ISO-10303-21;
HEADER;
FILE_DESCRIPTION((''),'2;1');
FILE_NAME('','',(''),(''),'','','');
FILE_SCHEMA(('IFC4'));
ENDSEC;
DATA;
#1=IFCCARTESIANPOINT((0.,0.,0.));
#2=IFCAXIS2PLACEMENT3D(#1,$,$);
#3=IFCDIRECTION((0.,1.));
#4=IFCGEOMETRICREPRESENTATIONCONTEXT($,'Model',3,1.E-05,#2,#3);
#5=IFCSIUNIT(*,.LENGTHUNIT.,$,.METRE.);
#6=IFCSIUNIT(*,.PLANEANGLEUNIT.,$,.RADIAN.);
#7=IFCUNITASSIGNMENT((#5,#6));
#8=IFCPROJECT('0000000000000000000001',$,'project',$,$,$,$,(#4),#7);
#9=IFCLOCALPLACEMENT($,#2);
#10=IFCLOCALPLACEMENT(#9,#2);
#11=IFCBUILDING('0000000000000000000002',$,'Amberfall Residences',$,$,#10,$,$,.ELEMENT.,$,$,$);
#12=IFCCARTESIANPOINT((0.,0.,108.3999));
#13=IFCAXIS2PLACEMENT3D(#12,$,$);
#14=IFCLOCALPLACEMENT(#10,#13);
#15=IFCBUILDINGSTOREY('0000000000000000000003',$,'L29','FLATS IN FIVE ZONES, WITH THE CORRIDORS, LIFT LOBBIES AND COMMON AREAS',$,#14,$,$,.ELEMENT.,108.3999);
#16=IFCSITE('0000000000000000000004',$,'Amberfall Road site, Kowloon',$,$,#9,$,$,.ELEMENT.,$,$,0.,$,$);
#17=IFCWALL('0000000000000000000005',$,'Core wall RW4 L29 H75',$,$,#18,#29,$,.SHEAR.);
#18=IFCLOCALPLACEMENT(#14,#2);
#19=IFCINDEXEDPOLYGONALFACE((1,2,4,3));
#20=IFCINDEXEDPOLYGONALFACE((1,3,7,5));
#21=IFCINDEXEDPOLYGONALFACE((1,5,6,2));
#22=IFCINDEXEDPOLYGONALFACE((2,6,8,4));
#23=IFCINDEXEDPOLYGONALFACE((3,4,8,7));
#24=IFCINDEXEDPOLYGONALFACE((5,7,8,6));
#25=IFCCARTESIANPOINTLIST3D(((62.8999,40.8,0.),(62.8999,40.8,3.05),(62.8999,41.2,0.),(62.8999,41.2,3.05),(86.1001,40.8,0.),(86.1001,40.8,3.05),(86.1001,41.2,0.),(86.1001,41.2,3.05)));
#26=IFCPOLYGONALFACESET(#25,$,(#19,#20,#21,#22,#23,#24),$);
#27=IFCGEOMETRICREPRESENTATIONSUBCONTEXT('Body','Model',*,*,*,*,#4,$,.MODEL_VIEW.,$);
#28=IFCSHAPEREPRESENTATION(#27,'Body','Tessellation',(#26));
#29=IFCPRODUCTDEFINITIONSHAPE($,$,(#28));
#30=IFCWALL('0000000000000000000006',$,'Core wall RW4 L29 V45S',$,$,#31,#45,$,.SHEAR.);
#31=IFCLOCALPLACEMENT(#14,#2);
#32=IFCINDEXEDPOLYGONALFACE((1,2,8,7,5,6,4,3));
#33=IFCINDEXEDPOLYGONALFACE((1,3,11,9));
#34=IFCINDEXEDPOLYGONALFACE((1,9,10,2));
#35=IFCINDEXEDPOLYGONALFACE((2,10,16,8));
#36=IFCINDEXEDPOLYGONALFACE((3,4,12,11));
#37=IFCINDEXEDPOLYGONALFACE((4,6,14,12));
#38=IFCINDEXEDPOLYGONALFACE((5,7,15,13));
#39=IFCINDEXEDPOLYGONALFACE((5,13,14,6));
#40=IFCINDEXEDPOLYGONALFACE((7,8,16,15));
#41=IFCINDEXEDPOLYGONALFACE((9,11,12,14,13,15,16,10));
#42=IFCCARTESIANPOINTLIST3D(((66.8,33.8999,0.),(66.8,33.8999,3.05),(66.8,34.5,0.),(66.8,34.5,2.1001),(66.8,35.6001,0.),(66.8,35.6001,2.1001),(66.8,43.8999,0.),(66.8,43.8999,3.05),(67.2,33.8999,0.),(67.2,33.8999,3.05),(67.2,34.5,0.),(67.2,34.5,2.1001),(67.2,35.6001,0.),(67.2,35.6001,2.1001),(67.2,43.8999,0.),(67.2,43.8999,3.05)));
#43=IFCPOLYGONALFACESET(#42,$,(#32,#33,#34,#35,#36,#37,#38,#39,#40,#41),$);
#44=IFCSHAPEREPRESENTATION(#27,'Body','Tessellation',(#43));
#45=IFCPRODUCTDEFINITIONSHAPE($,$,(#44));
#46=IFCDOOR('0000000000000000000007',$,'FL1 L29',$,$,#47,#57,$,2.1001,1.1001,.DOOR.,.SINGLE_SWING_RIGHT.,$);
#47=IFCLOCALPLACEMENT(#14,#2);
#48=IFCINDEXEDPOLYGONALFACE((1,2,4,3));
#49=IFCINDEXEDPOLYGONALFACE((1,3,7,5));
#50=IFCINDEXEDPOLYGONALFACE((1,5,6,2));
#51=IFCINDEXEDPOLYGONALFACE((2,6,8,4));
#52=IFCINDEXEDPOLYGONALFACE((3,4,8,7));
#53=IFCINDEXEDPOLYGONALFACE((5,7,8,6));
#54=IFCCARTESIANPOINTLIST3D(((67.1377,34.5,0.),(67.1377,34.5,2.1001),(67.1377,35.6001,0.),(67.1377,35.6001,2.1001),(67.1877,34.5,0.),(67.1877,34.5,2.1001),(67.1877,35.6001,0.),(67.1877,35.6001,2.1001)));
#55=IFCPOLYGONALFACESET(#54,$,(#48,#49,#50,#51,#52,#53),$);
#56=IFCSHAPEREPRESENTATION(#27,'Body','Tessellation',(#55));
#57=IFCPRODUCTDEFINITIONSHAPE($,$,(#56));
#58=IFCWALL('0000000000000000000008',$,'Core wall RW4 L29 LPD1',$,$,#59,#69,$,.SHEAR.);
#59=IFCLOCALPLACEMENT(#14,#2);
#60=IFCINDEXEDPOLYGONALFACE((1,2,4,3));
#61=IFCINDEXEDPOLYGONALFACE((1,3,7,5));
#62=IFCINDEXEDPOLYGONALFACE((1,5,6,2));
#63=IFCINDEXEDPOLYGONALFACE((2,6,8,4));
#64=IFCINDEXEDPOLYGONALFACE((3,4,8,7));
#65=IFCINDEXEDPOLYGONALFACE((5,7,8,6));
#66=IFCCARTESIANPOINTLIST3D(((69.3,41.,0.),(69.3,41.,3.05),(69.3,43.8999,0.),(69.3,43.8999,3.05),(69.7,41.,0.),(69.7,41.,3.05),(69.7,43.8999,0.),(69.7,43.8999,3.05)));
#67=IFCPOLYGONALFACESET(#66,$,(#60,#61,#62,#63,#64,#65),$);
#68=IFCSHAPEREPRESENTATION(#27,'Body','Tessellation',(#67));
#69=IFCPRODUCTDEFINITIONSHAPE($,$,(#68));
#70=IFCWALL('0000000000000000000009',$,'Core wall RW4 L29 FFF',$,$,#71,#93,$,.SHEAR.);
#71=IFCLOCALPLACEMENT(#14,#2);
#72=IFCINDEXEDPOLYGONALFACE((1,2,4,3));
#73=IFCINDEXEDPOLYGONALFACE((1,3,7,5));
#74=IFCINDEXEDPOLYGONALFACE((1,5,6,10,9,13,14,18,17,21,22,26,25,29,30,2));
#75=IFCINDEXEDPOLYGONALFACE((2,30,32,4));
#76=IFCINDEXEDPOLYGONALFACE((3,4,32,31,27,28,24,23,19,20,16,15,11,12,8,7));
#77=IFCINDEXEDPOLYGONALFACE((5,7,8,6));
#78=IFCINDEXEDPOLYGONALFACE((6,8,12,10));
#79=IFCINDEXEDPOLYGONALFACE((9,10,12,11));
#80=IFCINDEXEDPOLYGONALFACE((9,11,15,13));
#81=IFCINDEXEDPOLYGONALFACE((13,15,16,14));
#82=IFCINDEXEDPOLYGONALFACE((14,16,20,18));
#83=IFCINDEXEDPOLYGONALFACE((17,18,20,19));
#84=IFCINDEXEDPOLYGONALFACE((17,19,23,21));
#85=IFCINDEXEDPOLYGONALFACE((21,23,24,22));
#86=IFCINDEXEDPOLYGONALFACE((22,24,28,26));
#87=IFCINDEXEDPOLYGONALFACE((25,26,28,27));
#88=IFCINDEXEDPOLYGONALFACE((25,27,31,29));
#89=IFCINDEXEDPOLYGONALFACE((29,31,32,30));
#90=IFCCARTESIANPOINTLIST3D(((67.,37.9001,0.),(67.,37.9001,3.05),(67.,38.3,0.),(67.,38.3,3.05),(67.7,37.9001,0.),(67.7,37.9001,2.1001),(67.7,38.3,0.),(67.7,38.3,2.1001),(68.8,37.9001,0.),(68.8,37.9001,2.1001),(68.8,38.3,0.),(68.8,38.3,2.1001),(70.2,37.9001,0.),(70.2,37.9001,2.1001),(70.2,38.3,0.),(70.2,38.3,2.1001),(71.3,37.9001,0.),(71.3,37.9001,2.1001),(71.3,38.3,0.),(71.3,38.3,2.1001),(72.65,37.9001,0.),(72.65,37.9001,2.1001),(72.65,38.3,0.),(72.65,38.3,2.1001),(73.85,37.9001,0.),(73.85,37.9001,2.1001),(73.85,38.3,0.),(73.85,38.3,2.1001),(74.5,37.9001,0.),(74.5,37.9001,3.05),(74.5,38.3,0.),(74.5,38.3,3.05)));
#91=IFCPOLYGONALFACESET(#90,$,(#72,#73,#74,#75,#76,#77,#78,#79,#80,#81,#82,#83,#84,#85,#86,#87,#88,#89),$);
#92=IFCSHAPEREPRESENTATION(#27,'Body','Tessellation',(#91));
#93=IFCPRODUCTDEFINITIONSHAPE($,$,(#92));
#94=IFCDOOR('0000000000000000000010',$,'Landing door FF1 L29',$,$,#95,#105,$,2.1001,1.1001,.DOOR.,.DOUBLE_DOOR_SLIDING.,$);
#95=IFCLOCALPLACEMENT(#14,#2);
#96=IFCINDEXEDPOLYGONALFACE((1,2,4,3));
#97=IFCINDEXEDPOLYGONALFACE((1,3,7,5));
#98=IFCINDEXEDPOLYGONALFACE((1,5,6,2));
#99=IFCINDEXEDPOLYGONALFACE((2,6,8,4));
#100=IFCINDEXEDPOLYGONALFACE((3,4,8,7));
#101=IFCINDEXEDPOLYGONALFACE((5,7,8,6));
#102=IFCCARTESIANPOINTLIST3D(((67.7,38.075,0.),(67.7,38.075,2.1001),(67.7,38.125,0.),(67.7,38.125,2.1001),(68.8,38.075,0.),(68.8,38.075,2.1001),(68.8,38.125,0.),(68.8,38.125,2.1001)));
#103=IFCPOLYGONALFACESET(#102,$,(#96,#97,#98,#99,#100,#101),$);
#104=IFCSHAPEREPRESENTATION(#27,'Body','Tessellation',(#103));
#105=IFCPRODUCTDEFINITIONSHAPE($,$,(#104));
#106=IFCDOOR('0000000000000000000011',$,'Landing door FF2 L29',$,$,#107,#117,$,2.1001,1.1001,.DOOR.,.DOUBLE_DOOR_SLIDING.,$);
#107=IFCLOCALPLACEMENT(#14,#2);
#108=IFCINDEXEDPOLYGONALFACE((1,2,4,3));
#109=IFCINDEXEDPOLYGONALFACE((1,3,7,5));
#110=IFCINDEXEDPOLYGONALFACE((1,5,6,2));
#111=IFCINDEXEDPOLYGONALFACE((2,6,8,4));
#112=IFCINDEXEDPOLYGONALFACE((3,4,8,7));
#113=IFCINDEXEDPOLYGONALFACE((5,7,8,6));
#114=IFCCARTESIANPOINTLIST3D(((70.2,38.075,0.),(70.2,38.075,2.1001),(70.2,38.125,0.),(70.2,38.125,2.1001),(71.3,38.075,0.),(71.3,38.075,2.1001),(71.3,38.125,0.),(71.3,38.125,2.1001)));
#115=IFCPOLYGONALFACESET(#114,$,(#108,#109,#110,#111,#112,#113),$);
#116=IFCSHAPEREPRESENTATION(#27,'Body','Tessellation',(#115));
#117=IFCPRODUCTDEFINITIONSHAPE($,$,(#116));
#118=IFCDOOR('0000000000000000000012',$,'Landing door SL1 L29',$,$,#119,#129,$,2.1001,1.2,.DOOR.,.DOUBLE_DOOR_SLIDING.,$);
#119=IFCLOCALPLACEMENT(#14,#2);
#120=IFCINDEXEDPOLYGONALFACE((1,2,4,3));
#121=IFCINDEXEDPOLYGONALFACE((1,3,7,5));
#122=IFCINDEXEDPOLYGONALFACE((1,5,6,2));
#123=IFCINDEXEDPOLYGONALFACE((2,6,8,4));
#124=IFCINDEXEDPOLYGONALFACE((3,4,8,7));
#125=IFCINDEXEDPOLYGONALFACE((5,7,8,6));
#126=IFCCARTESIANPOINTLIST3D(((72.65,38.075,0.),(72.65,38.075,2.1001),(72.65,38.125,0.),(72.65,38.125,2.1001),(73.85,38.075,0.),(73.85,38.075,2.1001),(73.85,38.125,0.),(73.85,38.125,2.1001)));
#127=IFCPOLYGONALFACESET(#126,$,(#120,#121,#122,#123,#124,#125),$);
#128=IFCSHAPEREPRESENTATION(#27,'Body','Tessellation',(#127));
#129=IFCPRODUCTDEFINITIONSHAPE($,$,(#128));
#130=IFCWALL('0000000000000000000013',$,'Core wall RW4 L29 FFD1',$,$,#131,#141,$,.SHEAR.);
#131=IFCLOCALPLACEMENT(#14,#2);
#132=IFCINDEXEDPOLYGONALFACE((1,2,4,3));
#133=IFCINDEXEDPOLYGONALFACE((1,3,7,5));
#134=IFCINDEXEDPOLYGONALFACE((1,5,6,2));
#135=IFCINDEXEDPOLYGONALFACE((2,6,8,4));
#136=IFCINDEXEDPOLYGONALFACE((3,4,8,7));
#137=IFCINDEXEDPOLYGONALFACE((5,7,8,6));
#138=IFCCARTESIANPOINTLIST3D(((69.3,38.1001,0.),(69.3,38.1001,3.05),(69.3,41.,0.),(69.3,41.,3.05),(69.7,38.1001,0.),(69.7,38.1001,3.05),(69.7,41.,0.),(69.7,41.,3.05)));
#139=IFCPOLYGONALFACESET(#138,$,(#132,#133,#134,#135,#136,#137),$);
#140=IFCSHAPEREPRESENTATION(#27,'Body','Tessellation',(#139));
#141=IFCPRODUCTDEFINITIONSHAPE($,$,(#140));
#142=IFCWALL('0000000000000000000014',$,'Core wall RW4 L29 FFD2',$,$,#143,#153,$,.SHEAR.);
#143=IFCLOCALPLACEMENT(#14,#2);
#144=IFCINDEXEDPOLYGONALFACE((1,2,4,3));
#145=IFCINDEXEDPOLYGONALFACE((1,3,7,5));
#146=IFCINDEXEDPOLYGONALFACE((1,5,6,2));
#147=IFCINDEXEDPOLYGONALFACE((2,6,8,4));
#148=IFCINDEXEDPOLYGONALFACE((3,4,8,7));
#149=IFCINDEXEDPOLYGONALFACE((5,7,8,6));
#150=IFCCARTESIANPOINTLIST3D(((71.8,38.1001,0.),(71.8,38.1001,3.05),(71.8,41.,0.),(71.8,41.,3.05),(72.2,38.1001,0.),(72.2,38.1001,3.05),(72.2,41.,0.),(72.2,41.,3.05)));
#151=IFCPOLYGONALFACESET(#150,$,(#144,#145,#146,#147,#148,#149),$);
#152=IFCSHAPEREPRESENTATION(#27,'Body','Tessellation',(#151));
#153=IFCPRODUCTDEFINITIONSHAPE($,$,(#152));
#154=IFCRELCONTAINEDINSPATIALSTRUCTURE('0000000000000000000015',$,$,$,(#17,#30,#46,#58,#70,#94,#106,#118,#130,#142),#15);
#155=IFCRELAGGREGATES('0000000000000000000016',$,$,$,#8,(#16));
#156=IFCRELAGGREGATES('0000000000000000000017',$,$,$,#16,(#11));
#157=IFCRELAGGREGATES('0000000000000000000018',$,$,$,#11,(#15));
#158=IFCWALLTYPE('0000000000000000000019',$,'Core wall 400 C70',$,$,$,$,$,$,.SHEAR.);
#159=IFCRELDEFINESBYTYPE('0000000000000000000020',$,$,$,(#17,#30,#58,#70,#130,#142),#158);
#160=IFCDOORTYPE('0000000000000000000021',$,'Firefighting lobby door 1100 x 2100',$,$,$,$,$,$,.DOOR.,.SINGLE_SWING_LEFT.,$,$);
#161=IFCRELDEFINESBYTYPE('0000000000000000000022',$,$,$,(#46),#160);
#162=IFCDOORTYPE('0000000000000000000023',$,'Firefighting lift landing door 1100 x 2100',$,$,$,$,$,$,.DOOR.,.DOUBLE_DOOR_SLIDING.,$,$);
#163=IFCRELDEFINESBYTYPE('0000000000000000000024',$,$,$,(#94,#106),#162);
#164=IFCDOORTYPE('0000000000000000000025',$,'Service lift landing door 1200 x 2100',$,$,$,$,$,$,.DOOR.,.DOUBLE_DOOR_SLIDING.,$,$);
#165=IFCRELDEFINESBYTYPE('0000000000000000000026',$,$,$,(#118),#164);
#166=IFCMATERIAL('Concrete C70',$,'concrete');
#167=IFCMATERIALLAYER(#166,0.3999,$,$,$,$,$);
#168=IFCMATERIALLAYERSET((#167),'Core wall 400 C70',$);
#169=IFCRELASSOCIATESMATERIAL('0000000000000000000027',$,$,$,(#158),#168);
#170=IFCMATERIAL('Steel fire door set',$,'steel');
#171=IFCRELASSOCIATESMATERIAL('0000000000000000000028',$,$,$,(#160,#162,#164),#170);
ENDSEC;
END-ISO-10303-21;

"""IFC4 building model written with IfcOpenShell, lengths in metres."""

from ifc_helpers import new_model, si_unit, direction, frame, frame_2d, origin, place, context, subcontext, project, spatial, rectangle, extrude, material, layer, layer_set, type_object, element, fill, save


model = new_model("IFC4")

# Units and contexts
model_context = context("Model", 3, precision=1e-05, world=origin(), true_north=direction((0.0, 1.0)))
body_context = subcontext(model_context, "Body", "Model", "MODEL_VIEW")
ifc_project = project(units=[si_unit("LENGTHUNIT", "METRE"), si_unit("PLANEANGLEUNIT", "RADIAN")], contexts=[model_context])

# Site, building, storey
site_placement = place(None, origin())
site = spatial("IfcSite", under=ifc_project, at=site_placement, Name="Amberfall Road site, Kowloon", CompositionType="ELEMENT", RefElevation=0.0)
building_placement = place(site_placement, origin())
building = spatial("IfcBuilding", under=site, at=building_placement, Name="Amberfall Residences", CompositionType="ELEMENT")
storey_placement = place(building_placement, frame((0.0, 0.0, 108.3999)))
storey = spatial("IfcBuildingStorey", under=building, at=storey_placement, Name="L29", Description="FLATS IN FIVE ZONES, WITH THE CORRIDORS, LIFT LOBBIES AND COMMON AREAS", CompositionType="ELEMENT", Elevation=108.3999)

# Wall
ifc_material_1 = material(Name="Concrete C70", Category="concrete")
ifc_layer_1 = layer(ifc_material_1, 0.3999)
ifc_layer_set_1 = layer_set([ifc_layer_1], Name="Core wall 400 C70")
wall_type_1 = type_object("IfcWallType", Name="Core wall 400 C70", PredefinedType="SHEAR", material=ifc_layer_set_1)
wall_1_placement = place(storey_placement, frame((62.8999, 41.0, 0.0), z_axis=(0.0, 0.0, 1.0), x_axis=(1.0, 0.0, 0.0)))
element("IfcWall", 1, at=wall_1_placement, inside=storey, type_object=wall_type_1, Name="Core wall RW4 L29 H75", PredefinedType="SHEAR", context=body_context, shape_type="SweptSolid", body=[
    extrude(rectangle(XDim=23.2002, YDim=0.3999, at=frame_2d((11.6001, 0.0))), origin(), (0.0, 0.0, 1.0), 3.05),
])

# Wall, opening, door
wall_2_placement = place(storey_placement, frame((67.0, 33.8999, 0.0), z_axis=(0.0, 0.0, 1.0), x_axis=(0.0, 1.0, 0.0)))
wall_2 = element("IfcWall", 2, at=wall_2_placement, inside=storey, type_object=wall_type_1, Name="Core wall RW4 L29 V45S", PredefinedType="SHEAR", context=body_context, shape_type="SweptSolid", body=[
    extrude(rectangle(XDim=10.0, YDim=0.3999, at=frame_2d((5.0, 0.0))), origin(), (0.0, 0.0, 1.0), 3.05),
])
opening_1_placement = place(wall_2_placement, frame((0.6001, 0.0, 0.0)))
opening_1 = element("IfcOpeningElement", 3, at=opening_1_placement, cuts=wall_2, PredefinedType="OPENING", context=body_context, shape_type="SweptSolid", body=[
    extrude(rectangle(XDim=1.1001, YDim=2.1001, at=frame_2d((0.55, 1.05))), frame((0.0, 0.21, 0.0), z_axis=(0.0, -1.0, 0.0), x_axis=(1.0, 0.0, 0.0)), (0.0, 0.0, 1.0), 0.4199),
])
ifc_material_2 = material(Name="Steel fire door set", Category="steel")
door_type_1 = type_object("IfcDoorType", Name="Firefighting lobby door 1100 x 2100", OperationType="SINGLE_SWING_LEFT", PredefinedType="DOOR", material=ifc_material_2)
door_1_placement = place(opening_1_placement, origin())
door_1 = element("IfcDoor", 4, at=door_1_placement, inside=storey, type_object=door_type_1, Name="FL1 L29", OperationType="SINGLE_SWING_RIGHT", OverallHeight=2.1001, OverallWidth=1.1001, PredefinedType="DOOR", context=body_context, shape_type="SweptSolid", body=[
    extrude(rectangle(XDim=1.1001, YDim=2.1001, at=frame_2d((0.55, 1.05))), frame((0.0, -0.1377, 0.0), z_axis=(0.0, -1.0, 0.0), x_axis=(1.0, 0.0, 0.0)), (0.0, 0.0, 1.0), 0.05),
])
fill(opening_1, door_1)

# Wall
wall_3_placement = place(storey_placement, frame((69.5, 41.0, 0.0), z_axis=(0.0, 0.0, 1.0), x_axis=(0.0, 1.0, 0.0)))
element("IfcWall", 5, at=wall_3_placement, inside=storey, type_object=wall_type_1, Name="Core wall RW4 L29 LPD1", PredefinedType="SHEAR", context=body_context, shape_type="SweptSolid", body=[
    extrude(rectangle(XDim=2.8999, YDim=0.3999, at=frame_2d((1.45, 0.0))), origin(), (0.0, 0.0, 1.0), 3.05),
])

# Wall, openings, doors
wall_4_placement = place(storey_placement, frame((67.0, 38.1001, 0.0), z_axis=(0.0, 0.0, 1.0), x_axis=(1.0, 0.0, 0.0)))
wall_4 = element("IfcWall", 6, at=wall_4_placement, inside=storey, type_object=wall_type_1, Name="Core wall RW4 L29 FFF", PredefinedType="SHEAR", context=body_context, shape_type="SweptSolid", body=[
    extrude(rectangle(XDim=7.5, YDim=0.3999, at=frame_2d((3.75, 0.0))), origin(), (0.0, 0.0, 1.0), 3.05),
])
opening_2_placement = place(wall_4_placement, frame((0.7, 0.0, 0.0)))
opening_2 = element("IfcOpeningElement", 7, at=opening_2_placement, cuts=wall_4, PredefinedType="OPENING", context=body_context, shape_type="SweptSolid", body=[
    extrude(rectangle(XDim=1.1001, YDim=2.1001, at=frame_2d((0.55, 1.05))), frame((0.0, 0.21, 0.0), z_axis=(0.0, -1.0, 0.0), x_axis=(1.0, 0.0, 0.0)), (0.0, 0.0, 1.0), 0.4199),
])
opening_3_placement = place(wall_4_placement, frame((3.2, 0.0, 0.0)))
opening_3 = element("IfcOpeningElement", 8, at=opening_3_placement, cuts=wall_4, PredefinedType="OPENING", context=body_context, shape_type="SweptSolid", body=[
    extrude(rectangle(XDim=1.1001, YDim=2.1001, at=frame_2d((0.55, 1.05))), frame((0.0, 0.21, 0.0), z_axis=(0.0, -1.0, 0.0), x_axis=(1.0, 0.0, 0.0)), (0.0, 0.0, 1.0), 0.4199),
])
opening_4_placement = place(wall_4_placement, frame((5.6499, 0.0, 0.0)))
opening_4 = element("IfcOpeningElement", 9, at=opening_4_placement, cuts=wall_4, PredefinedType="OPENING", context=body_context, shape_type="SweptSolid", body=[
    extrude(rectangle(XDim=1.2, YDim=2.1001, at=frame_2d((0.6001, 1.05))), frame((0.0, 0.21, 0.0), z_axis=(0.0, -1.0, 0.0), x_axis=(1.0, 0.0, 0.0)), (0.0, 0.0, 1.0), 0.4199),
])
door_type_2 = type_object("IfcDoorType", Name="Firefighting lift landing door 1100 x 2100", OperationType="DOUBLE_DOOR_SLIDING", PredefinedType="DOOR", material=ifc_material_2)
door_2_placement = place(opening_2_placement, origin())
door_2 = element("IfcDoor", 10, at=door_2_placement, inside=storey, type_object=door_type_2, Name="Landing door FF1 L29", OperationType="DOUBLE_DOOR_SLIDING", OverallHeight=2.1001, OverallWidth=1.1001, PredefinedType="DOOR", context=body_context, shape_type="SweptSolid", body=[
    extrude(rectangle(XDim=1.1001, YDim=2.1001, at=frame_2d((0.55, 1.05))), frame((0.0, 0.0249, 0.0), z_axis=(0.0, -1.0, 0.0), x_axis=(1.0, 0.0, 0.0)), (0.0, 0.0, 1.0), 0.05),
])
fill(opening_2, door_2)
door_3_placement = place(opening_3_placement, origin())
door_3 = element("IfcDoor", 11, at=door_3_placement, inside=storey, type_object=door_type_2, Name="Landing door FF2 L29", OperationType="DOUBLE_DOOR_SLIDING", OverallHeight=2.1001, OverallWidth=1.1001, PredefinedType="DOOR", context=body_context, shape_type="SweptSolid", body=[
    extrude(rectangle(XDim=1.1001, YDim=2.1001, at=frame_2d((0.55, 1.05))), frame((0.0, 0.0249, 0.0), z_axis=(0.0, -1.0, 0.0), x_axis=(1.0, 0.0, 0.0)), (0.0, 0.0, 1.0), 0.05),
])
fill(opening_3, door_3)
door_type_3 = type_object("IfcDoorType", Name="Service lift landing door 1200 x 2100", OperationType="DOUBLE_DOOR_SLIDING", PredefinedType="DOOR", material=ifc_material_2)
door_4_placement = place(opening_4_placement, origin())
door_4 = element("IfcDoor", 12, at=door_4_placement, inside=storey, type_object=door_type_3, Name="Landing door SL1 L29", OperationType="DOUBLE_DOOR_SLIDING", OverallHeight=2.1001, OverallWidth=1.2, PredefinedType="DOOR", context=body_context, shape_type="SweptSolid", body=[
    extrude(rectangle(XDim=1.2, YDim=2.1001, at=frame_2d((0.6001, 1.05))), frame((0.0, 0.0249, 0.0), z_axis=(0.0, -1.0, 0.0), x_axis=(1.0, 0.0, 0.0)), (0.0, 0.0, 1.0), 0.05),
])
fill(opening_4, door_4)

# Walls
for number, where, z_axis, x_axis, name in (
    (13, (69.5, 38.1001, 0.0), (0.0, 0.0, 1.0), (0.0, 1.0, 0.0), "Core wall RW4 L29 FFD1"),
    (14, (72.0, 38.1001, 0.0), (0.0, 0.0, 1.0), (0.0, 1.0, 0.0), "Core wall RW4 L29 FFD2"),
):
    element("IfcWall", number, at=place(storey_placement, frame(where, z_axis=z_axis, x_axis=x_axis)), inside=storey, type_object=wall_type_1, Name=name, PredefinedType="SHEAR", context=body_context, shape_type="SweptSolid", body=[
        extrude(rectangle(XDim=2.8999, YDim=0.3999, at=frame_2d((1.45, 0.0))), origin(), (0.0, 0.0, 1.0), 3.05),
    ])

save(model, "model.ifc")
